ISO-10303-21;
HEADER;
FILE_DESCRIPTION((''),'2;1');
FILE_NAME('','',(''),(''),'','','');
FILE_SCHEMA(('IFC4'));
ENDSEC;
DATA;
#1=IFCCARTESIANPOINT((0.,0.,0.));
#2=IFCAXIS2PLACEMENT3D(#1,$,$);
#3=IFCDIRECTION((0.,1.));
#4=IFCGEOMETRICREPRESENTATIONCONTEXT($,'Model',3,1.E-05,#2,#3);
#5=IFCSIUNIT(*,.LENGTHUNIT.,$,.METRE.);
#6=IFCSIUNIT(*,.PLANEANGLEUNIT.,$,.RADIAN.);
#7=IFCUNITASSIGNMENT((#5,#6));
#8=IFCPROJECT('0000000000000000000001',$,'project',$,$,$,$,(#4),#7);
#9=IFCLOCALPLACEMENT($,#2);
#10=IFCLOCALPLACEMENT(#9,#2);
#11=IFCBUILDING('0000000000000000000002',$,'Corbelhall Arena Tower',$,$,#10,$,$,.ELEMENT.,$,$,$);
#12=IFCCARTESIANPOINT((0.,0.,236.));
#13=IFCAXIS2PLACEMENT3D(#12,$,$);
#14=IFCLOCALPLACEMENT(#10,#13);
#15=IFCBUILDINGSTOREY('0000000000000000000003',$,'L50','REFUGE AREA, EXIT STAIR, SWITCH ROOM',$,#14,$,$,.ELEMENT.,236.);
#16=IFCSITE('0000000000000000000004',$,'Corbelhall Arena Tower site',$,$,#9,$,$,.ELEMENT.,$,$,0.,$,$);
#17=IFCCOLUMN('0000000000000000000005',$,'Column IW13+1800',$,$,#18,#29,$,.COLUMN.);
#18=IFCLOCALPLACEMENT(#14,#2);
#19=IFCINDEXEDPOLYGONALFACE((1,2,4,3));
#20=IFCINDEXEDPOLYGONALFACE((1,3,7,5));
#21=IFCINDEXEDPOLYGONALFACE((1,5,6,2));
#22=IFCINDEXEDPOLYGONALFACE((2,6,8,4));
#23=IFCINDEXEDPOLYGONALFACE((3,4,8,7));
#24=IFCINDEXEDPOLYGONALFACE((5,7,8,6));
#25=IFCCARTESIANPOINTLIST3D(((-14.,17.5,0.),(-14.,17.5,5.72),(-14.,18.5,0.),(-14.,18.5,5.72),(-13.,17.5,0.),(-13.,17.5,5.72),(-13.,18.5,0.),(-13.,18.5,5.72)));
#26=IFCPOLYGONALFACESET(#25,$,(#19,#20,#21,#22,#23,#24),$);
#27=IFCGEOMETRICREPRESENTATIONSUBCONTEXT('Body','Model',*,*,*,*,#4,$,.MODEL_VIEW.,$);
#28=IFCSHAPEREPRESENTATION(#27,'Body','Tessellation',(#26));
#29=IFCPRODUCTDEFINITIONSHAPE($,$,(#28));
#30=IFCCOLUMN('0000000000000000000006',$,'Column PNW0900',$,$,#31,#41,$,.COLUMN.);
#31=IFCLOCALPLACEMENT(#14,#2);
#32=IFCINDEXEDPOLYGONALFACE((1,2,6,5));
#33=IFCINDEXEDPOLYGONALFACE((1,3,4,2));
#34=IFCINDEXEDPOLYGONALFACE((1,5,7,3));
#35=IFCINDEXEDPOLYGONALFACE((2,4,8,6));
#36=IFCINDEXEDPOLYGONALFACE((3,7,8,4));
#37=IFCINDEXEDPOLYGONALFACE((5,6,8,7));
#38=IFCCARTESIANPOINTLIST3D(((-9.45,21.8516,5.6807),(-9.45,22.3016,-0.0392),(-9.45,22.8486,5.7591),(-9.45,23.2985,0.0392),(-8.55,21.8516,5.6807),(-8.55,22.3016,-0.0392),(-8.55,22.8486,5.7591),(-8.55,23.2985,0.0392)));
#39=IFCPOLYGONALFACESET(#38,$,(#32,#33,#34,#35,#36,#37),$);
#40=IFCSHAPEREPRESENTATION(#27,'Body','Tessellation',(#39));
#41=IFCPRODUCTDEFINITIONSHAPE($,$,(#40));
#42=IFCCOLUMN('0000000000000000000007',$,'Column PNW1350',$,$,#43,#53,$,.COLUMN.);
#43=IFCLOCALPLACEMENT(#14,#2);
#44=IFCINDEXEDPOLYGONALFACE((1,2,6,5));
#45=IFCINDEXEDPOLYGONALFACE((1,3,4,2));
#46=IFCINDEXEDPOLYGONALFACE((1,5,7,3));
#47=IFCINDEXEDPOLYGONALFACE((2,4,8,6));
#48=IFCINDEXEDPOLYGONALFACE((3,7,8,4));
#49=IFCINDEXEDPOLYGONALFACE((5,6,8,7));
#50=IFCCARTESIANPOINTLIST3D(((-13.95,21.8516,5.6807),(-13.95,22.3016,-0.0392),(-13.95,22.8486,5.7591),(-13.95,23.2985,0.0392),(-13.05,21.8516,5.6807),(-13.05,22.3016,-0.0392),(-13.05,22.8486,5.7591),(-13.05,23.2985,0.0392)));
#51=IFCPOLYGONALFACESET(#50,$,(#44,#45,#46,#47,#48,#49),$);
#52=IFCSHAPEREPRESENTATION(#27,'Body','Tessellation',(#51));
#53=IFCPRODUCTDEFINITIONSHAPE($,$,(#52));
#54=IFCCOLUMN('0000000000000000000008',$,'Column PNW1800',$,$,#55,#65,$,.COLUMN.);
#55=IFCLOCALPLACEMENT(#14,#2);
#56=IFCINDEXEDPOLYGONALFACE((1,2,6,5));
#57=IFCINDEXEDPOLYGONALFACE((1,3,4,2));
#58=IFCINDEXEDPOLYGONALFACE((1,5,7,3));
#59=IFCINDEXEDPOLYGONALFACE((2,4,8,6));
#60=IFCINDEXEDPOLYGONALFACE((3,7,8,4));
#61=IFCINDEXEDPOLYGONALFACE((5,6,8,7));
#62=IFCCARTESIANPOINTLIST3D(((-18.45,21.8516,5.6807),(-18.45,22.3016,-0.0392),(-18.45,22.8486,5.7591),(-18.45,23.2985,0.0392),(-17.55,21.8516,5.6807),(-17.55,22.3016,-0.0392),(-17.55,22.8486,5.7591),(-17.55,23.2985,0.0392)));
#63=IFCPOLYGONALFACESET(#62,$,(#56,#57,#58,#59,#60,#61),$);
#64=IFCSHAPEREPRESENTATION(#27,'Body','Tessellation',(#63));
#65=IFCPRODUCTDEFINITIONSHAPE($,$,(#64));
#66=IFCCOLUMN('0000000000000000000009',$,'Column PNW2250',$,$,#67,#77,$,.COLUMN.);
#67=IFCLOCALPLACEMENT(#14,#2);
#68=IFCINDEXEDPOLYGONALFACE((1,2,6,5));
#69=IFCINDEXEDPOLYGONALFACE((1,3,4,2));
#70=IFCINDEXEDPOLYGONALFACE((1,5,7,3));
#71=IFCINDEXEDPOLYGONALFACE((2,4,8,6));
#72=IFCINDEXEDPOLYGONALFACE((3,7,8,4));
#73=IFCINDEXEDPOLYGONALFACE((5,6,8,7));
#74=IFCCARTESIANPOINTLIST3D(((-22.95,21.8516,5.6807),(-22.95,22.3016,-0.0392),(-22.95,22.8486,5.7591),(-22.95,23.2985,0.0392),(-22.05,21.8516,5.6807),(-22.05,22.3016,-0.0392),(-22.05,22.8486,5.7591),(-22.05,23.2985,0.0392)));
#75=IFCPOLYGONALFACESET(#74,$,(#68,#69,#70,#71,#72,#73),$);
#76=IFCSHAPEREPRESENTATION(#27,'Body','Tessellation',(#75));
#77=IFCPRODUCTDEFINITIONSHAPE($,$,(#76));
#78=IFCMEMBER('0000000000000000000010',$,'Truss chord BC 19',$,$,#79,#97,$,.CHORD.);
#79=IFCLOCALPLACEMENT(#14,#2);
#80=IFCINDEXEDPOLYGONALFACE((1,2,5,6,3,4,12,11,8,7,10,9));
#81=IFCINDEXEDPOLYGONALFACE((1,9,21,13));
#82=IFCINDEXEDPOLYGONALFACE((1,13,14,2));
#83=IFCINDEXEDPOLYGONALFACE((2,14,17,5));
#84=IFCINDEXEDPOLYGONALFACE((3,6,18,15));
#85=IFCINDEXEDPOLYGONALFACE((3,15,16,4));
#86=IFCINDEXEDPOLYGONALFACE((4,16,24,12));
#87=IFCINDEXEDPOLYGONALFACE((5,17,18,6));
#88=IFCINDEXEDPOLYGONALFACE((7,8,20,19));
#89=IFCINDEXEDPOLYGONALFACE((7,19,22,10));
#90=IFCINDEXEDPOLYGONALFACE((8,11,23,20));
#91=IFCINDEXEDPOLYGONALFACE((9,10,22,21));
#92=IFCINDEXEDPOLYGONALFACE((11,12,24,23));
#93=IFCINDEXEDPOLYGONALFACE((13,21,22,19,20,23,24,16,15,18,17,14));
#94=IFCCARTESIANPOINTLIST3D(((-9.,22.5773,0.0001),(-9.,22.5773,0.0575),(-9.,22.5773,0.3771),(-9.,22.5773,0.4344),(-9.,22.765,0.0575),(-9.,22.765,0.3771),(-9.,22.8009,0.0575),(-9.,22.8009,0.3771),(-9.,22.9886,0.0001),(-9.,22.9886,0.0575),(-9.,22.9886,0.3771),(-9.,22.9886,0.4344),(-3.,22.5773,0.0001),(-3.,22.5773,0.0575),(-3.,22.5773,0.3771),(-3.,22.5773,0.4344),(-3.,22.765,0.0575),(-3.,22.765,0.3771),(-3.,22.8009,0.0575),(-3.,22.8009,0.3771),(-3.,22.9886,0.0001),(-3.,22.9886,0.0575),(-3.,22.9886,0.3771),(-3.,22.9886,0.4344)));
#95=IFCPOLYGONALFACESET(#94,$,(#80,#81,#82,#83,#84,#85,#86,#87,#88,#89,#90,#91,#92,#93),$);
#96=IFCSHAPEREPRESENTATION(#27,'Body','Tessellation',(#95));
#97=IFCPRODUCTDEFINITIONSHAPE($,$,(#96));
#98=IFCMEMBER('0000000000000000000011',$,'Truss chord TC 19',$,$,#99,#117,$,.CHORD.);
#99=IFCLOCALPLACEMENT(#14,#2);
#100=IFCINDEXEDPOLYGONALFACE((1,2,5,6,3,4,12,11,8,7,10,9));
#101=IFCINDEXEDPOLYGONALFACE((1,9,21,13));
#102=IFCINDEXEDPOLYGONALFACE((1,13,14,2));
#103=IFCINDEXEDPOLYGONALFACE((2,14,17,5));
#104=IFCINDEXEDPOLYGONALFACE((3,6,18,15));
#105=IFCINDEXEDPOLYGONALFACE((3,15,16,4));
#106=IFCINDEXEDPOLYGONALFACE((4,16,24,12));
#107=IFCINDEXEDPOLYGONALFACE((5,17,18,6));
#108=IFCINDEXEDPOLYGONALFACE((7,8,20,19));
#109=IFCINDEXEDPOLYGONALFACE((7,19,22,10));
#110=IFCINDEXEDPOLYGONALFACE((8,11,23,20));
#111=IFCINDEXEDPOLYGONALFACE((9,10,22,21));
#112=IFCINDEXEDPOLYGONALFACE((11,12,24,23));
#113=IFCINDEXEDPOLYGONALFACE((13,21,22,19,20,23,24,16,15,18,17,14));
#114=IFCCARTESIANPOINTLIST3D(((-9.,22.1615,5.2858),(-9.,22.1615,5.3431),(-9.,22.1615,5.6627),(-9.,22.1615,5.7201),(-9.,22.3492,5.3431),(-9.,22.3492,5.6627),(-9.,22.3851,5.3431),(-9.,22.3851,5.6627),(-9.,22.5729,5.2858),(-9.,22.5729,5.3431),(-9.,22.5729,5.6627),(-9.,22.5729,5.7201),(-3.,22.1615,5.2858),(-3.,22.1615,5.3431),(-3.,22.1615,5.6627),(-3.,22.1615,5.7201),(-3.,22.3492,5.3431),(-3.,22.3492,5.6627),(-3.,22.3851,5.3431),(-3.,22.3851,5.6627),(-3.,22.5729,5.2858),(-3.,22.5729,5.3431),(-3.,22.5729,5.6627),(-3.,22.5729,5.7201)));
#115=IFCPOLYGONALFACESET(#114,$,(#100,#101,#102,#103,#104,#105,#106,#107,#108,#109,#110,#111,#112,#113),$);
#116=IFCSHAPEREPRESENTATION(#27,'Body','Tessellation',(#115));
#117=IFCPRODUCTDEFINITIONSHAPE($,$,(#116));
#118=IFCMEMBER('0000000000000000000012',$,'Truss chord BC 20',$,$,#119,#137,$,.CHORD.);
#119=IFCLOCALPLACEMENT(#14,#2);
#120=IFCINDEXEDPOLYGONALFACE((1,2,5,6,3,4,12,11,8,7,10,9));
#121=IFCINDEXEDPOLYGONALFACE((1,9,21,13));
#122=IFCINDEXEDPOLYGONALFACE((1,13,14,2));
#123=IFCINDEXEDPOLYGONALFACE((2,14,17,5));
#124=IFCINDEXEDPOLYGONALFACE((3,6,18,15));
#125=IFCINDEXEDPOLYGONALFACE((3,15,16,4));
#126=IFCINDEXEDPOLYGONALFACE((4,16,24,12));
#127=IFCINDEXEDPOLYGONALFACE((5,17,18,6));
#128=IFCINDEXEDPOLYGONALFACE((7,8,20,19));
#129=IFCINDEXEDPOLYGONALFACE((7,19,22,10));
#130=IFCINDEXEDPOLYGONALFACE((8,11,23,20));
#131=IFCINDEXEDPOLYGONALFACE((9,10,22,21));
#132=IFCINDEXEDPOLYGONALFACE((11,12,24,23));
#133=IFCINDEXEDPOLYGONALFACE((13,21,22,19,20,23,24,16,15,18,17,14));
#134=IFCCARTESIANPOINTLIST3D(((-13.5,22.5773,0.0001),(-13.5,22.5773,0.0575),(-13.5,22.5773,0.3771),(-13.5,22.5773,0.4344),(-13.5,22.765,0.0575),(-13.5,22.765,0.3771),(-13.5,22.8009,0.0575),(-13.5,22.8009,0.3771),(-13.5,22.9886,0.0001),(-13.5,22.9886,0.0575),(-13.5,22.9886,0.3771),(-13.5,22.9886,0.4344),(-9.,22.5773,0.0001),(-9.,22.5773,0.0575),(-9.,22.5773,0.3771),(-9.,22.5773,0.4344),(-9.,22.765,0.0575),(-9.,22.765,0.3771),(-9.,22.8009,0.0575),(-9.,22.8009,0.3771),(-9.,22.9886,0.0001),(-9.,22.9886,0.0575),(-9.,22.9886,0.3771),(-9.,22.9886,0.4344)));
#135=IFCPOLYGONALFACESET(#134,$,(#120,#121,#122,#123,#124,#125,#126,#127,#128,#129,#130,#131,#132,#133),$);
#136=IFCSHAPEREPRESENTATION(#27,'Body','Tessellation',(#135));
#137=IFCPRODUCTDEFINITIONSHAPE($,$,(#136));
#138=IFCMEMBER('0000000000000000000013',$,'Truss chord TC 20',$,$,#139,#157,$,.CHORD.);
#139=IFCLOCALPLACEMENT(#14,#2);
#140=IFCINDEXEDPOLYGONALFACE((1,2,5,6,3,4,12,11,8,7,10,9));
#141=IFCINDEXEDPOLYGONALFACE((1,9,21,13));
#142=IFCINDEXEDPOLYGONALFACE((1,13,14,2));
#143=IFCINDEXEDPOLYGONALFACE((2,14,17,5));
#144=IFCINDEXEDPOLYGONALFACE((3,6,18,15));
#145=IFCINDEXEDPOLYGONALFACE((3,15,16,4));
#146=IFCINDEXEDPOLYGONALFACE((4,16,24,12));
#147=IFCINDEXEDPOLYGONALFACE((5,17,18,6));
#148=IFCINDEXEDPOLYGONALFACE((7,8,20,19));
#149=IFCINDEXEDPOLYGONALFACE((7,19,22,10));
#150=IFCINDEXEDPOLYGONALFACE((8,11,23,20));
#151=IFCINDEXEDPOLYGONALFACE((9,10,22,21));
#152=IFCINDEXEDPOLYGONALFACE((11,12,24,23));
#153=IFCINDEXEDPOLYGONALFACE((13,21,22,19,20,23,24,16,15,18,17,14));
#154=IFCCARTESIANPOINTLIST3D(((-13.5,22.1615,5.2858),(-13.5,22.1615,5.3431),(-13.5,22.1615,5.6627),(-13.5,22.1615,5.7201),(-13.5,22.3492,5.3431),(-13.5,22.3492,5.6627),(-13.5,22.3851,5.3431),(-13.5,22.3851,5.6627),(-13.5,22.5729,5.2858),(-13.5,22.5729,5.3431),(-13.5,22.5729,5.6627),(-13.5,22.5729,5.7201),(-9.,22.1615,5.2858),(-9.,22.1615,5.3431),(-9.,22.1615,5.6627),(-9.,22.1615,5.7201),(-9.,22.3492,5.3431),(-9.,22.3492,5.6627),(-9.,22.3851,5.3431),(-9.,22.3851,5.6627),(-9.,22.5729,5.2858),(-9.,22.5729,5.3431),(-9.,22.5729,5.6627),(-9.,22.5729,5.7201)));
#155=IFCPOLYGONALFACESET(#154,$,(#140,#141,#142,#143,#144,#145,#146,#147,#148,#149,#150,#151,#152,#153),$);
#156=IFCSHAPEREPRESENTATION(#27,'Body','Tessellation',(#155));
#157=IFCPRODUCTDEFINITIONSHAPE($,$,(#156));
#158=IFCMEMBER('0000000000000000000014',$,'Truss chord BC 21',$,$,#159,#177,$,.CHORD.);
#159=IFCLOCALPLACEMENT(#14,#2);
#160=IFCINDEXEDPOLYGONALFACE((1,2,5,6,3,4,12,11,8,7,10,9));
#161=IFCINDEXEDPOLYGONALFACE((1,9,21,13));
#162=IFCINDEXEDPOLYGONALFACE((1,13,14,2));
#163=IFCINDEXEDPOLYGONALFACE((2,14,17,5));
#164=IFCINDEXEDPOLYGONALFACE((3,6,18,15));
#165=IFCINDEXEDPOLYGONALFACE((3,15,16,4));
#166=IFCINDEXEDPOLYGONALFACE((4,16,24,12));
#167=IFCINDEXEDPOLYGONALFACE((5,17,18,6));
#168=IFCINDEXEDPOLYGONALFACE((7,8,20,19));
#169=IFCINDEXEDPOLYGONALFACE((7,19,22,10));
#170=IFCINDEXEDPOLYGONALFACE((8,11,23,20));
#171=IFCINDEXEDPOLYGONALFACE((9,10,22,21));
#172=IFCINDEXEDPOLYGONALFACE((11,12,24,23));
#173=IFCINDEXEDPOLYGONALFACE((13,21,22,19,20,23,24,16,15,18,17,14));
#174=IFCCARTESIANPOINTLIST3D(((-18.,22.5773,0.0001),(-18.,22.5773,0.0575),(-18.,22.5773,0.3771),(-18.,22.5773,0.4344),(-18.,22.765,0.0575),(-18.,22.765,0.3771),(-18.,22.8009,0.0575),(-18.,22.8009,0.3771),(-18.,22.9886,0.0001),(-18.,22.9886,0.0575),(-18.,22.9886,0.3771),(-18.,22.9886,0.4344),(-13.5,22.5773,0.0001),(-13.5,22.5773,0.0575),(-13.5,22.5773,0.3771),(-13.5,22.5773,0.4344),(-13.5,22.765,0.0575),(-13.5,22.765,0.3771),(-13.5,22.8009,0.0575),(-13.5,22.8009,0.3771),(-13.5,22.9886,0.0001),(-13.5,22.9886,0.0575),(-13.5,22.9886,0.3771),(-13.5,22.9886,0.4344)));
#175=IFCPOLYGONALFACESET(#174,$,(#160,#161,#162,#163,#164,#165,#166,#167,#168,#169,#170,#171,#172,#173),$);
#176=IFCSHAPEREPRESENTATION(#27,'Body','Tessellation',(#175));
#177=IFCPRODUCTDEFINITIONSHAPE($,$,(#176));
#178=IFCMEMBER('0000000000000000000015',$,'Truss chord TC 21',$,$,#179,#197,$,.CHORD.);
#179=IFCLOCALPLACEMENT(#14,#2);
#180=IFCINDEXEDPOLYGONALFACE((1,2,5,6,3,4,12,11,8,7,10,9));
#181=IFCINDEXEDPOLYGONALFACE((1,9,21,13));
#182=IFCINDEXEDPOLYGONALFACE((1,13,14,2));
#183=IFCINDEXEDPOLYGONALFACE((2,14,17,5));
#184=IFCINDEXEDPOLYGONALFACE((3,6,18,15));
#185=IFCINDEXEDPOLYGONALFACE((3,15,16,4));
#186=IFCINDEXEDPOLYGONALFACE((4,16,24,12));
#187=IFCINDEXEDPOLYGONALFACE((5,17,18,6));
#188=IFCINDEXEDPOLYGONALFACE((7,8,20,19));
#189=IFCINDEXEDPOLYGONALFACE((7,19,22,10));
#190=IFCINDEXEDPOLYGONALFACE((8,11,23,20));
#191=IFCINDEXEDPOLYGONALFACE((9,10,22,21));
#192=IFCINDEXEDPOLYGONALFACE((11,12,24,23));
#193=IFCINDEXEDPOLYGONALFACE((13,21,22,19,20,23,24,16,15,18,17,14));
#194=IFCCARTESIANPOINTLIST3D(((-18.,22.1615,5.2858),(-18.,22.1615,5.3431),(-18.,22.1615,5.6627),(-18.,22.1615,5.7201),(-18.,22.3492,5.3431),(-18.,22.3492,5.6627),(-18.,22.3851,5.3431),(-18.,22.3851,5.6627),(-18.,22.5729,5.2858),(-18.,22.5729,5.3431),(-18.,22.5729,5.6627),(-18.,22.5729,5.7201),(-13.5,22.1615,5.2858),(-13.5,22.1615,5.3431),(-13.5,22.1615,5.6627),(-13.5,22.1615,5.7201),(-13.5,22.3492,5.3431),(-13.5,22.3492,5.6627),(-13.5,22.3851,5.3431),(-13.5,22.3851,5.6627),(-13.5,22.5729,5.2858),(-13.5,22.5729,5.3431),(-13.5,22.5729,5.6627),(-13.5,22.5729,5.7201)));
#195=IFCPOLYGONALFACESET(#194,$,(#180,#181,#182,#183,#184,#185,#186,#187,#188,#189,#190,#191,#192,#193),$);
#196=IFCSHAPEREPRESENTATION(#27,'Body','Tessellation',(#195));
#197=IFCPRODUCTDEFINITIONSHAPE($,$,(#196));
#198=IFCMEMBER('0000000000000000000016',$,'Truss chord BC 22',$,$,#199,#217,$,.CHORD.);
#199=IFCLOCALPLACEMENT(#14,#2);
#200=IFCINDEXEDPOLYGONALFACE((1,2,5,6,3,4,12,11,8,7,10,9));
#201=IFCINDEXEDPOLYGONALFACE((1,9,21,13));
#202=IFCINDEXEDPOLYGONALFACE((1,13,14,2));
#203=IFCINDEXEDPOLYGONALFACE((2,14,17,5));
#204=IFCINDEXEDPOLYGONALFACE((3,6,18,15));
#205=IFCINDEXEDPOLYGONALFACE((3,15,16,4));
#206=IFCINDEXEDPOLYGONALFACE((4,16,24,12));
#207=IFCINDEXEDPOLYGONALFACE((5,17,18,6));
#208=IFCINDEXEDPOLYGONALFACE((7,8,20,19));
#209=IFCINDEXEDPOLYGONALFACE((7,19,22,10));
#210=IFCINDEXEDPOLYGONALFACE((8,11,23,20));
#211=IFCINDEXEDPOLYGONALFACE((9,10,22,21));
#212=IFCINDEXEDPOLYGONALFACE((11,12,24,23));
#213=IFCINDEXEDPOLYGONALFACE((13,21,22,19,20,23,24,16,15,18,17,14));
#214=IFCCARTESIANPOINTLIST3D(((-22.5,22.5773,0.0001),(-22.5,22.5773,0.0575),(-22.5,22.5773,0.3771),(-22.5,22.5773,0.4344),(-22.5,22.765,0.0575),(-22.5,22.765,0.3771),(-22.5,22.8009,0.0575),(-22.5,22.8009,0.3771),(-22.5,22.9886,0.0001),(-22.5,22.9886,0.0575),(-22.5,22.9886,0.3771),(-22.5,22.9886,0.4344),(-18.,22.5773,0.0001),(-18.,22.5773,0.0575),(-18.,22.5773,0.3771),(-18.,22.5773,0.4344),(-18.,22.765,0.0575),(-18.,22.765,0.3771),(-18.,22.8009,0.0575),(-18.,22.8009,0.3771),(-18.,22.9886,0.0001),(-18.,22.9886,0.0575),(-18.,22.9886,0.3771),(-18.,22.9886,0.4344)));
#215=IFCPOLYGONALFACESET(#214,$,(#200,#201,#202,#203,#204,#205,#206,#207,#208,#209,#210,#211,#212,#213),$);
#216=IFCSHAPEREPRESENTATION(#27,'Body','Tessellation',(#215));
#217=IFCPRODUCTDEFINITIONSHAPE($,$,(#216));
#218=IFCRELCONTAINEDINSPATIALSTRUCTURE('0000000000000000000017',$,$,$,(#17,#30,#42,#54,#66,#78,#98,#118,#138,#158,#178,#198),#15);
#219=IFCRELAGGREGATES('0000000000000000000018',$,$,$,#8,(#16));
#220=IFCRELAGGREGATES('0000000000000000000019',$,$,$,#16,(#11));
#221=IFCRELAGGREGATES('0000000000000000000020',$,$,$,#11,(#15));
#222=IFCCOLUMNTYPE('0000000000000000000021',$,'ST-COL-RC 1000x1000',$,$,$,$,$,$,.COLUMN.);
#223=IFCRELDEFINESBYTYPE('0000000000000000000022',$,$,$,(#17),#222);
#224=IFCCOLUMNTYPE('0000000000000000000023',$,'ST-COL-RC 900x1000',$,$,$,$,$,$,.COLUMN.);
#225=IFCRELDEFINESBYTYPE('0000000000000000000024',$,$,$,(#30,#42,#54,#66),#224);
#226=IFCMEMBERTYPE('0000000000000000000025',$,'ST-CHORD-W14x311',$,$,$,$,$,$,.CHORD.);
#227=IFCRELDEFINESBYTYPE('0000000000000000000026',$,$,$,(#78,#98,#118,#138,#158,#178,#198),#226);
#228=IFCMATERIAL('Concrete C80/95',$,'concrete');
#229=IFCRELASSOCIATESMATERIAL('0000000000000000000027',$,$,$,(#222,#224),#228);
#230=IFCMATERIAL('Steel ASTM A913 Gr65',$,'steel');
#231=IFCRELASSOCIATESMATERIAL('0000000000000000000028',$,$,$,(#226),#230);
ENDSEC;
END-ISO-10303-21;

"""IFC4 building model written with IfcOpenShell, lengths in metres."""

from ifc_helpers import new_model, si_unit, direction, frame, origin, origin_2d, place, context, subcontext, project, spatial, rectangle, i_section, extrude, material, material_profile, profile_set, type_object, element, save


model = new_model("IFC4")

# Units and contexts
model_context = context("Model", 3, precision=1e-05, world=origin(), true_north=direction((0.0, 1.0)))
body_context = subcontext(model_context, "Body", "Model", "MODEL_VIEW")
ifc_project = project(units=[si_unit("LENGTHUNIT", "METRE"), si_unit("PLANEANGLEUNIT", "RADIAN")], contexts=[model_context])

# Site, building, storey
site_placement = place(None, origin())
site = spatial("IfcSite", under=ifc_project, at=site_placement, Name="Corbelhall Arena Tower site", CompositionType="ELEMENT", RefElevation=0.0)
building_placement = place(site_placement, origin())
building = spatial("IfcBuilding", under=site, at=building_placement, Name="Corbelhall Arena Tower", CompositionType="ELEMENT")
storey_placement = place(building_placement, frame((0.0, 0.0, 236.0)))
storey = spatial("IfcBuildingStorey", under=building, at=storey_placement, Name="L50", Description="REFUGE AREA, EXIT STAIR, SWITCH ROOM", CompositionType="ELEMENT", Elevation=236.0)

# Columns
ifc_material_1 = material(Name="Concrete C80/95", Category="concrete")
ifc_material_profile_1 = material_profile(ifc_material_1, rectangle(XDim=1.0, YDim=1.0, at=origin_2d()))
ifc_profile_set_1 = profile_set([ifc_material_profile_1], Name="Concrete C80/95")
column_type_1 = type_object("IfcColumnType", Name="ST-COL-RC 1000x1000", PredefinedType="COLUMN", material=ifc_profile_set_1)
column_placement = place(storey_placement, frame((-13.5, 18.0, 0.0), z_axis=(0.0, 0.0, 1.0), x_axis=(1.0, 0.0, 0.0)))
element("IfcColumn", 1, at=column_placement, inside=storey, type_object=column_type_1, Name="Column IW13+1800", PredefinedType="COLUMN", context=body_context, shape_type="SweptSolid", body=[
    extrude(rectangle(XDim=1.0, YDim=1.0, at=origin_2d()), origin(), (0.0, 0.0, 1.0), 5.72),
])
ifc_material_profile_2 = material_profile(ifc_material_1, rectangle(XDim=0.8999, YDim=1.0, at=origin_2d()))
ifc_profile_set_2 = profile_set([ifc_material_profile_2], Name="Concrete C80/95")
column_type_2 = type_object("IfcColumnType", Name="ST-COL-RC 900x1000", PredefinedType="COLUMN", material=ifc_profile_set_2)
for number, where, z_axis, x_axis, name in (
    (2, (-9.0, 22.8, 0.0), (0.0, -0.078421, 0.99692), (1.0, 0.0, 0.0), "Column PNW0900"),
    (3, (-13.5, 22.8, 0.0), (0.0, -0.078421, 0.99692), (1.0, 0.0, 0.0), "Column PNW1350"),
    (4, (-18.0, 22.8, 0.0), (0.0, -0.078421, 0.99692), (1.0, 0.0, 0.0), "Column PNW1800"),
    (5, (-22.5, 22.8, 0.0), (0.0, -0.078421, 0.99692), (1.0, 0.0, 0.0), "Column PNW2250"),
):
    element("IfcColumn", number, at=place(storey_placement, frame(where, z_axis=z_axis, x_axis=x_axis)), inside=storey, type_object=column_type_2, Name=name, PredefinedType="COLUMN", context=body_context, shape_type="SweptSolid", body=[
        extrude(rectangle(XDim=0.8999, YDim=1.0, at=origin_2d()), origin(), (0.0, 0.0, 1.0), 5.7375),
    ])

# Members
ifc_material_2 = material(Name="Steel ASTM A913 Gr65", Category="steel")
ifc_material_profile_3 = material_profile(ifc_material_2, i_section(OverallWidth=0.4114, OverallDepth=0.4343, WebThickness=0.0359, FlangeThickness=0.0574, at=origin_2d()))
ifc_profile_set_3 = profile_set([ifc_material_profile_3], Name="Steel ASTM A913 Gr65")
member_type_1 = type_object("IfcMemberType", Name="ST-CHORD-W14x311", PredefinedType="CHORD", material=ifc_profile_set_3)
for number, where, z_axis, x_axis, name in (
    (6, (-9.0, 22.783, 0.2173), (1.0, 0.0, 0.0), (0.0, 1.0, 0.0), "Truss chord BC 19"),
    (7, (-9.0, 22.3672, 5.5029), (1.0, 0.0, 0.0), (0.0, 1.0, 0.0), "Truss chord TC 19"),
):
    element("IfcMember", number, at=place(storey_placement, frame(where, z_axis=z_axis, x_axis=x_axis)), inside=storey, type_object=member_type_1, Name=name, PredefinedType="CHORD", context=body_context, shape_type="SweptSolid", body=[
        extrude(i_section(OverallWidth=0.4114, OverallDepth=0.4343, WebThickness=0.0359, FlangeThickness=0.0574, at=origin_2d()), origin(), (0.0, 0.0, 1.0), 6.0),
    ])
for number, where, z_axis, x_axis, name in (
    (8, (-13.5, 22.783, 0.2173), (1.0, 0.0, 0.0), (0.0, 1.0, 0.0), "Truss chord BC 20"),
    (9, (-13.5, 22.3672, 5.5029), (1.0, 0.0, 0.0), (0.0, 1.0, 0.0), "Truss chord TC 20"),
    (10, (-18.0, 22.783, 0.2173), (1.0, 0.0, 0.0), (0.0, 1.0, 0.0), "Truss chord BC 21"),
    (11, (-18.0, 22.3672, 5.5029), (1.0, 0.0, 0.0), (0.0, 1.0, 0.0), "Truss chord TC 21"),
    (12, (-22.5, 22.783, 0.2173), (1.0, 0.0, 0.0), (0.0, 1.0, 0.0), "Truss chord BC 22"),
):
    element("IfcMember", number, at=place(storey_placement, frame(where, z_axis=z_axis, x_axis=x_axis)), inside=storey, type_object=member_type_1, Name=name, PredefinedType="CHORD", context=body_context, shape_type="SweptSolid", body=[
        extrude(i_section(OverallWidth=0.4114, OverallDepth=0.4343, WebThickness=0.0359, FlangeThickness=0.0574, at=origin_2d()), origin(), (0.0, 0.0, 1.0), 4.5),
    ])

save(model, "model.ifc")
